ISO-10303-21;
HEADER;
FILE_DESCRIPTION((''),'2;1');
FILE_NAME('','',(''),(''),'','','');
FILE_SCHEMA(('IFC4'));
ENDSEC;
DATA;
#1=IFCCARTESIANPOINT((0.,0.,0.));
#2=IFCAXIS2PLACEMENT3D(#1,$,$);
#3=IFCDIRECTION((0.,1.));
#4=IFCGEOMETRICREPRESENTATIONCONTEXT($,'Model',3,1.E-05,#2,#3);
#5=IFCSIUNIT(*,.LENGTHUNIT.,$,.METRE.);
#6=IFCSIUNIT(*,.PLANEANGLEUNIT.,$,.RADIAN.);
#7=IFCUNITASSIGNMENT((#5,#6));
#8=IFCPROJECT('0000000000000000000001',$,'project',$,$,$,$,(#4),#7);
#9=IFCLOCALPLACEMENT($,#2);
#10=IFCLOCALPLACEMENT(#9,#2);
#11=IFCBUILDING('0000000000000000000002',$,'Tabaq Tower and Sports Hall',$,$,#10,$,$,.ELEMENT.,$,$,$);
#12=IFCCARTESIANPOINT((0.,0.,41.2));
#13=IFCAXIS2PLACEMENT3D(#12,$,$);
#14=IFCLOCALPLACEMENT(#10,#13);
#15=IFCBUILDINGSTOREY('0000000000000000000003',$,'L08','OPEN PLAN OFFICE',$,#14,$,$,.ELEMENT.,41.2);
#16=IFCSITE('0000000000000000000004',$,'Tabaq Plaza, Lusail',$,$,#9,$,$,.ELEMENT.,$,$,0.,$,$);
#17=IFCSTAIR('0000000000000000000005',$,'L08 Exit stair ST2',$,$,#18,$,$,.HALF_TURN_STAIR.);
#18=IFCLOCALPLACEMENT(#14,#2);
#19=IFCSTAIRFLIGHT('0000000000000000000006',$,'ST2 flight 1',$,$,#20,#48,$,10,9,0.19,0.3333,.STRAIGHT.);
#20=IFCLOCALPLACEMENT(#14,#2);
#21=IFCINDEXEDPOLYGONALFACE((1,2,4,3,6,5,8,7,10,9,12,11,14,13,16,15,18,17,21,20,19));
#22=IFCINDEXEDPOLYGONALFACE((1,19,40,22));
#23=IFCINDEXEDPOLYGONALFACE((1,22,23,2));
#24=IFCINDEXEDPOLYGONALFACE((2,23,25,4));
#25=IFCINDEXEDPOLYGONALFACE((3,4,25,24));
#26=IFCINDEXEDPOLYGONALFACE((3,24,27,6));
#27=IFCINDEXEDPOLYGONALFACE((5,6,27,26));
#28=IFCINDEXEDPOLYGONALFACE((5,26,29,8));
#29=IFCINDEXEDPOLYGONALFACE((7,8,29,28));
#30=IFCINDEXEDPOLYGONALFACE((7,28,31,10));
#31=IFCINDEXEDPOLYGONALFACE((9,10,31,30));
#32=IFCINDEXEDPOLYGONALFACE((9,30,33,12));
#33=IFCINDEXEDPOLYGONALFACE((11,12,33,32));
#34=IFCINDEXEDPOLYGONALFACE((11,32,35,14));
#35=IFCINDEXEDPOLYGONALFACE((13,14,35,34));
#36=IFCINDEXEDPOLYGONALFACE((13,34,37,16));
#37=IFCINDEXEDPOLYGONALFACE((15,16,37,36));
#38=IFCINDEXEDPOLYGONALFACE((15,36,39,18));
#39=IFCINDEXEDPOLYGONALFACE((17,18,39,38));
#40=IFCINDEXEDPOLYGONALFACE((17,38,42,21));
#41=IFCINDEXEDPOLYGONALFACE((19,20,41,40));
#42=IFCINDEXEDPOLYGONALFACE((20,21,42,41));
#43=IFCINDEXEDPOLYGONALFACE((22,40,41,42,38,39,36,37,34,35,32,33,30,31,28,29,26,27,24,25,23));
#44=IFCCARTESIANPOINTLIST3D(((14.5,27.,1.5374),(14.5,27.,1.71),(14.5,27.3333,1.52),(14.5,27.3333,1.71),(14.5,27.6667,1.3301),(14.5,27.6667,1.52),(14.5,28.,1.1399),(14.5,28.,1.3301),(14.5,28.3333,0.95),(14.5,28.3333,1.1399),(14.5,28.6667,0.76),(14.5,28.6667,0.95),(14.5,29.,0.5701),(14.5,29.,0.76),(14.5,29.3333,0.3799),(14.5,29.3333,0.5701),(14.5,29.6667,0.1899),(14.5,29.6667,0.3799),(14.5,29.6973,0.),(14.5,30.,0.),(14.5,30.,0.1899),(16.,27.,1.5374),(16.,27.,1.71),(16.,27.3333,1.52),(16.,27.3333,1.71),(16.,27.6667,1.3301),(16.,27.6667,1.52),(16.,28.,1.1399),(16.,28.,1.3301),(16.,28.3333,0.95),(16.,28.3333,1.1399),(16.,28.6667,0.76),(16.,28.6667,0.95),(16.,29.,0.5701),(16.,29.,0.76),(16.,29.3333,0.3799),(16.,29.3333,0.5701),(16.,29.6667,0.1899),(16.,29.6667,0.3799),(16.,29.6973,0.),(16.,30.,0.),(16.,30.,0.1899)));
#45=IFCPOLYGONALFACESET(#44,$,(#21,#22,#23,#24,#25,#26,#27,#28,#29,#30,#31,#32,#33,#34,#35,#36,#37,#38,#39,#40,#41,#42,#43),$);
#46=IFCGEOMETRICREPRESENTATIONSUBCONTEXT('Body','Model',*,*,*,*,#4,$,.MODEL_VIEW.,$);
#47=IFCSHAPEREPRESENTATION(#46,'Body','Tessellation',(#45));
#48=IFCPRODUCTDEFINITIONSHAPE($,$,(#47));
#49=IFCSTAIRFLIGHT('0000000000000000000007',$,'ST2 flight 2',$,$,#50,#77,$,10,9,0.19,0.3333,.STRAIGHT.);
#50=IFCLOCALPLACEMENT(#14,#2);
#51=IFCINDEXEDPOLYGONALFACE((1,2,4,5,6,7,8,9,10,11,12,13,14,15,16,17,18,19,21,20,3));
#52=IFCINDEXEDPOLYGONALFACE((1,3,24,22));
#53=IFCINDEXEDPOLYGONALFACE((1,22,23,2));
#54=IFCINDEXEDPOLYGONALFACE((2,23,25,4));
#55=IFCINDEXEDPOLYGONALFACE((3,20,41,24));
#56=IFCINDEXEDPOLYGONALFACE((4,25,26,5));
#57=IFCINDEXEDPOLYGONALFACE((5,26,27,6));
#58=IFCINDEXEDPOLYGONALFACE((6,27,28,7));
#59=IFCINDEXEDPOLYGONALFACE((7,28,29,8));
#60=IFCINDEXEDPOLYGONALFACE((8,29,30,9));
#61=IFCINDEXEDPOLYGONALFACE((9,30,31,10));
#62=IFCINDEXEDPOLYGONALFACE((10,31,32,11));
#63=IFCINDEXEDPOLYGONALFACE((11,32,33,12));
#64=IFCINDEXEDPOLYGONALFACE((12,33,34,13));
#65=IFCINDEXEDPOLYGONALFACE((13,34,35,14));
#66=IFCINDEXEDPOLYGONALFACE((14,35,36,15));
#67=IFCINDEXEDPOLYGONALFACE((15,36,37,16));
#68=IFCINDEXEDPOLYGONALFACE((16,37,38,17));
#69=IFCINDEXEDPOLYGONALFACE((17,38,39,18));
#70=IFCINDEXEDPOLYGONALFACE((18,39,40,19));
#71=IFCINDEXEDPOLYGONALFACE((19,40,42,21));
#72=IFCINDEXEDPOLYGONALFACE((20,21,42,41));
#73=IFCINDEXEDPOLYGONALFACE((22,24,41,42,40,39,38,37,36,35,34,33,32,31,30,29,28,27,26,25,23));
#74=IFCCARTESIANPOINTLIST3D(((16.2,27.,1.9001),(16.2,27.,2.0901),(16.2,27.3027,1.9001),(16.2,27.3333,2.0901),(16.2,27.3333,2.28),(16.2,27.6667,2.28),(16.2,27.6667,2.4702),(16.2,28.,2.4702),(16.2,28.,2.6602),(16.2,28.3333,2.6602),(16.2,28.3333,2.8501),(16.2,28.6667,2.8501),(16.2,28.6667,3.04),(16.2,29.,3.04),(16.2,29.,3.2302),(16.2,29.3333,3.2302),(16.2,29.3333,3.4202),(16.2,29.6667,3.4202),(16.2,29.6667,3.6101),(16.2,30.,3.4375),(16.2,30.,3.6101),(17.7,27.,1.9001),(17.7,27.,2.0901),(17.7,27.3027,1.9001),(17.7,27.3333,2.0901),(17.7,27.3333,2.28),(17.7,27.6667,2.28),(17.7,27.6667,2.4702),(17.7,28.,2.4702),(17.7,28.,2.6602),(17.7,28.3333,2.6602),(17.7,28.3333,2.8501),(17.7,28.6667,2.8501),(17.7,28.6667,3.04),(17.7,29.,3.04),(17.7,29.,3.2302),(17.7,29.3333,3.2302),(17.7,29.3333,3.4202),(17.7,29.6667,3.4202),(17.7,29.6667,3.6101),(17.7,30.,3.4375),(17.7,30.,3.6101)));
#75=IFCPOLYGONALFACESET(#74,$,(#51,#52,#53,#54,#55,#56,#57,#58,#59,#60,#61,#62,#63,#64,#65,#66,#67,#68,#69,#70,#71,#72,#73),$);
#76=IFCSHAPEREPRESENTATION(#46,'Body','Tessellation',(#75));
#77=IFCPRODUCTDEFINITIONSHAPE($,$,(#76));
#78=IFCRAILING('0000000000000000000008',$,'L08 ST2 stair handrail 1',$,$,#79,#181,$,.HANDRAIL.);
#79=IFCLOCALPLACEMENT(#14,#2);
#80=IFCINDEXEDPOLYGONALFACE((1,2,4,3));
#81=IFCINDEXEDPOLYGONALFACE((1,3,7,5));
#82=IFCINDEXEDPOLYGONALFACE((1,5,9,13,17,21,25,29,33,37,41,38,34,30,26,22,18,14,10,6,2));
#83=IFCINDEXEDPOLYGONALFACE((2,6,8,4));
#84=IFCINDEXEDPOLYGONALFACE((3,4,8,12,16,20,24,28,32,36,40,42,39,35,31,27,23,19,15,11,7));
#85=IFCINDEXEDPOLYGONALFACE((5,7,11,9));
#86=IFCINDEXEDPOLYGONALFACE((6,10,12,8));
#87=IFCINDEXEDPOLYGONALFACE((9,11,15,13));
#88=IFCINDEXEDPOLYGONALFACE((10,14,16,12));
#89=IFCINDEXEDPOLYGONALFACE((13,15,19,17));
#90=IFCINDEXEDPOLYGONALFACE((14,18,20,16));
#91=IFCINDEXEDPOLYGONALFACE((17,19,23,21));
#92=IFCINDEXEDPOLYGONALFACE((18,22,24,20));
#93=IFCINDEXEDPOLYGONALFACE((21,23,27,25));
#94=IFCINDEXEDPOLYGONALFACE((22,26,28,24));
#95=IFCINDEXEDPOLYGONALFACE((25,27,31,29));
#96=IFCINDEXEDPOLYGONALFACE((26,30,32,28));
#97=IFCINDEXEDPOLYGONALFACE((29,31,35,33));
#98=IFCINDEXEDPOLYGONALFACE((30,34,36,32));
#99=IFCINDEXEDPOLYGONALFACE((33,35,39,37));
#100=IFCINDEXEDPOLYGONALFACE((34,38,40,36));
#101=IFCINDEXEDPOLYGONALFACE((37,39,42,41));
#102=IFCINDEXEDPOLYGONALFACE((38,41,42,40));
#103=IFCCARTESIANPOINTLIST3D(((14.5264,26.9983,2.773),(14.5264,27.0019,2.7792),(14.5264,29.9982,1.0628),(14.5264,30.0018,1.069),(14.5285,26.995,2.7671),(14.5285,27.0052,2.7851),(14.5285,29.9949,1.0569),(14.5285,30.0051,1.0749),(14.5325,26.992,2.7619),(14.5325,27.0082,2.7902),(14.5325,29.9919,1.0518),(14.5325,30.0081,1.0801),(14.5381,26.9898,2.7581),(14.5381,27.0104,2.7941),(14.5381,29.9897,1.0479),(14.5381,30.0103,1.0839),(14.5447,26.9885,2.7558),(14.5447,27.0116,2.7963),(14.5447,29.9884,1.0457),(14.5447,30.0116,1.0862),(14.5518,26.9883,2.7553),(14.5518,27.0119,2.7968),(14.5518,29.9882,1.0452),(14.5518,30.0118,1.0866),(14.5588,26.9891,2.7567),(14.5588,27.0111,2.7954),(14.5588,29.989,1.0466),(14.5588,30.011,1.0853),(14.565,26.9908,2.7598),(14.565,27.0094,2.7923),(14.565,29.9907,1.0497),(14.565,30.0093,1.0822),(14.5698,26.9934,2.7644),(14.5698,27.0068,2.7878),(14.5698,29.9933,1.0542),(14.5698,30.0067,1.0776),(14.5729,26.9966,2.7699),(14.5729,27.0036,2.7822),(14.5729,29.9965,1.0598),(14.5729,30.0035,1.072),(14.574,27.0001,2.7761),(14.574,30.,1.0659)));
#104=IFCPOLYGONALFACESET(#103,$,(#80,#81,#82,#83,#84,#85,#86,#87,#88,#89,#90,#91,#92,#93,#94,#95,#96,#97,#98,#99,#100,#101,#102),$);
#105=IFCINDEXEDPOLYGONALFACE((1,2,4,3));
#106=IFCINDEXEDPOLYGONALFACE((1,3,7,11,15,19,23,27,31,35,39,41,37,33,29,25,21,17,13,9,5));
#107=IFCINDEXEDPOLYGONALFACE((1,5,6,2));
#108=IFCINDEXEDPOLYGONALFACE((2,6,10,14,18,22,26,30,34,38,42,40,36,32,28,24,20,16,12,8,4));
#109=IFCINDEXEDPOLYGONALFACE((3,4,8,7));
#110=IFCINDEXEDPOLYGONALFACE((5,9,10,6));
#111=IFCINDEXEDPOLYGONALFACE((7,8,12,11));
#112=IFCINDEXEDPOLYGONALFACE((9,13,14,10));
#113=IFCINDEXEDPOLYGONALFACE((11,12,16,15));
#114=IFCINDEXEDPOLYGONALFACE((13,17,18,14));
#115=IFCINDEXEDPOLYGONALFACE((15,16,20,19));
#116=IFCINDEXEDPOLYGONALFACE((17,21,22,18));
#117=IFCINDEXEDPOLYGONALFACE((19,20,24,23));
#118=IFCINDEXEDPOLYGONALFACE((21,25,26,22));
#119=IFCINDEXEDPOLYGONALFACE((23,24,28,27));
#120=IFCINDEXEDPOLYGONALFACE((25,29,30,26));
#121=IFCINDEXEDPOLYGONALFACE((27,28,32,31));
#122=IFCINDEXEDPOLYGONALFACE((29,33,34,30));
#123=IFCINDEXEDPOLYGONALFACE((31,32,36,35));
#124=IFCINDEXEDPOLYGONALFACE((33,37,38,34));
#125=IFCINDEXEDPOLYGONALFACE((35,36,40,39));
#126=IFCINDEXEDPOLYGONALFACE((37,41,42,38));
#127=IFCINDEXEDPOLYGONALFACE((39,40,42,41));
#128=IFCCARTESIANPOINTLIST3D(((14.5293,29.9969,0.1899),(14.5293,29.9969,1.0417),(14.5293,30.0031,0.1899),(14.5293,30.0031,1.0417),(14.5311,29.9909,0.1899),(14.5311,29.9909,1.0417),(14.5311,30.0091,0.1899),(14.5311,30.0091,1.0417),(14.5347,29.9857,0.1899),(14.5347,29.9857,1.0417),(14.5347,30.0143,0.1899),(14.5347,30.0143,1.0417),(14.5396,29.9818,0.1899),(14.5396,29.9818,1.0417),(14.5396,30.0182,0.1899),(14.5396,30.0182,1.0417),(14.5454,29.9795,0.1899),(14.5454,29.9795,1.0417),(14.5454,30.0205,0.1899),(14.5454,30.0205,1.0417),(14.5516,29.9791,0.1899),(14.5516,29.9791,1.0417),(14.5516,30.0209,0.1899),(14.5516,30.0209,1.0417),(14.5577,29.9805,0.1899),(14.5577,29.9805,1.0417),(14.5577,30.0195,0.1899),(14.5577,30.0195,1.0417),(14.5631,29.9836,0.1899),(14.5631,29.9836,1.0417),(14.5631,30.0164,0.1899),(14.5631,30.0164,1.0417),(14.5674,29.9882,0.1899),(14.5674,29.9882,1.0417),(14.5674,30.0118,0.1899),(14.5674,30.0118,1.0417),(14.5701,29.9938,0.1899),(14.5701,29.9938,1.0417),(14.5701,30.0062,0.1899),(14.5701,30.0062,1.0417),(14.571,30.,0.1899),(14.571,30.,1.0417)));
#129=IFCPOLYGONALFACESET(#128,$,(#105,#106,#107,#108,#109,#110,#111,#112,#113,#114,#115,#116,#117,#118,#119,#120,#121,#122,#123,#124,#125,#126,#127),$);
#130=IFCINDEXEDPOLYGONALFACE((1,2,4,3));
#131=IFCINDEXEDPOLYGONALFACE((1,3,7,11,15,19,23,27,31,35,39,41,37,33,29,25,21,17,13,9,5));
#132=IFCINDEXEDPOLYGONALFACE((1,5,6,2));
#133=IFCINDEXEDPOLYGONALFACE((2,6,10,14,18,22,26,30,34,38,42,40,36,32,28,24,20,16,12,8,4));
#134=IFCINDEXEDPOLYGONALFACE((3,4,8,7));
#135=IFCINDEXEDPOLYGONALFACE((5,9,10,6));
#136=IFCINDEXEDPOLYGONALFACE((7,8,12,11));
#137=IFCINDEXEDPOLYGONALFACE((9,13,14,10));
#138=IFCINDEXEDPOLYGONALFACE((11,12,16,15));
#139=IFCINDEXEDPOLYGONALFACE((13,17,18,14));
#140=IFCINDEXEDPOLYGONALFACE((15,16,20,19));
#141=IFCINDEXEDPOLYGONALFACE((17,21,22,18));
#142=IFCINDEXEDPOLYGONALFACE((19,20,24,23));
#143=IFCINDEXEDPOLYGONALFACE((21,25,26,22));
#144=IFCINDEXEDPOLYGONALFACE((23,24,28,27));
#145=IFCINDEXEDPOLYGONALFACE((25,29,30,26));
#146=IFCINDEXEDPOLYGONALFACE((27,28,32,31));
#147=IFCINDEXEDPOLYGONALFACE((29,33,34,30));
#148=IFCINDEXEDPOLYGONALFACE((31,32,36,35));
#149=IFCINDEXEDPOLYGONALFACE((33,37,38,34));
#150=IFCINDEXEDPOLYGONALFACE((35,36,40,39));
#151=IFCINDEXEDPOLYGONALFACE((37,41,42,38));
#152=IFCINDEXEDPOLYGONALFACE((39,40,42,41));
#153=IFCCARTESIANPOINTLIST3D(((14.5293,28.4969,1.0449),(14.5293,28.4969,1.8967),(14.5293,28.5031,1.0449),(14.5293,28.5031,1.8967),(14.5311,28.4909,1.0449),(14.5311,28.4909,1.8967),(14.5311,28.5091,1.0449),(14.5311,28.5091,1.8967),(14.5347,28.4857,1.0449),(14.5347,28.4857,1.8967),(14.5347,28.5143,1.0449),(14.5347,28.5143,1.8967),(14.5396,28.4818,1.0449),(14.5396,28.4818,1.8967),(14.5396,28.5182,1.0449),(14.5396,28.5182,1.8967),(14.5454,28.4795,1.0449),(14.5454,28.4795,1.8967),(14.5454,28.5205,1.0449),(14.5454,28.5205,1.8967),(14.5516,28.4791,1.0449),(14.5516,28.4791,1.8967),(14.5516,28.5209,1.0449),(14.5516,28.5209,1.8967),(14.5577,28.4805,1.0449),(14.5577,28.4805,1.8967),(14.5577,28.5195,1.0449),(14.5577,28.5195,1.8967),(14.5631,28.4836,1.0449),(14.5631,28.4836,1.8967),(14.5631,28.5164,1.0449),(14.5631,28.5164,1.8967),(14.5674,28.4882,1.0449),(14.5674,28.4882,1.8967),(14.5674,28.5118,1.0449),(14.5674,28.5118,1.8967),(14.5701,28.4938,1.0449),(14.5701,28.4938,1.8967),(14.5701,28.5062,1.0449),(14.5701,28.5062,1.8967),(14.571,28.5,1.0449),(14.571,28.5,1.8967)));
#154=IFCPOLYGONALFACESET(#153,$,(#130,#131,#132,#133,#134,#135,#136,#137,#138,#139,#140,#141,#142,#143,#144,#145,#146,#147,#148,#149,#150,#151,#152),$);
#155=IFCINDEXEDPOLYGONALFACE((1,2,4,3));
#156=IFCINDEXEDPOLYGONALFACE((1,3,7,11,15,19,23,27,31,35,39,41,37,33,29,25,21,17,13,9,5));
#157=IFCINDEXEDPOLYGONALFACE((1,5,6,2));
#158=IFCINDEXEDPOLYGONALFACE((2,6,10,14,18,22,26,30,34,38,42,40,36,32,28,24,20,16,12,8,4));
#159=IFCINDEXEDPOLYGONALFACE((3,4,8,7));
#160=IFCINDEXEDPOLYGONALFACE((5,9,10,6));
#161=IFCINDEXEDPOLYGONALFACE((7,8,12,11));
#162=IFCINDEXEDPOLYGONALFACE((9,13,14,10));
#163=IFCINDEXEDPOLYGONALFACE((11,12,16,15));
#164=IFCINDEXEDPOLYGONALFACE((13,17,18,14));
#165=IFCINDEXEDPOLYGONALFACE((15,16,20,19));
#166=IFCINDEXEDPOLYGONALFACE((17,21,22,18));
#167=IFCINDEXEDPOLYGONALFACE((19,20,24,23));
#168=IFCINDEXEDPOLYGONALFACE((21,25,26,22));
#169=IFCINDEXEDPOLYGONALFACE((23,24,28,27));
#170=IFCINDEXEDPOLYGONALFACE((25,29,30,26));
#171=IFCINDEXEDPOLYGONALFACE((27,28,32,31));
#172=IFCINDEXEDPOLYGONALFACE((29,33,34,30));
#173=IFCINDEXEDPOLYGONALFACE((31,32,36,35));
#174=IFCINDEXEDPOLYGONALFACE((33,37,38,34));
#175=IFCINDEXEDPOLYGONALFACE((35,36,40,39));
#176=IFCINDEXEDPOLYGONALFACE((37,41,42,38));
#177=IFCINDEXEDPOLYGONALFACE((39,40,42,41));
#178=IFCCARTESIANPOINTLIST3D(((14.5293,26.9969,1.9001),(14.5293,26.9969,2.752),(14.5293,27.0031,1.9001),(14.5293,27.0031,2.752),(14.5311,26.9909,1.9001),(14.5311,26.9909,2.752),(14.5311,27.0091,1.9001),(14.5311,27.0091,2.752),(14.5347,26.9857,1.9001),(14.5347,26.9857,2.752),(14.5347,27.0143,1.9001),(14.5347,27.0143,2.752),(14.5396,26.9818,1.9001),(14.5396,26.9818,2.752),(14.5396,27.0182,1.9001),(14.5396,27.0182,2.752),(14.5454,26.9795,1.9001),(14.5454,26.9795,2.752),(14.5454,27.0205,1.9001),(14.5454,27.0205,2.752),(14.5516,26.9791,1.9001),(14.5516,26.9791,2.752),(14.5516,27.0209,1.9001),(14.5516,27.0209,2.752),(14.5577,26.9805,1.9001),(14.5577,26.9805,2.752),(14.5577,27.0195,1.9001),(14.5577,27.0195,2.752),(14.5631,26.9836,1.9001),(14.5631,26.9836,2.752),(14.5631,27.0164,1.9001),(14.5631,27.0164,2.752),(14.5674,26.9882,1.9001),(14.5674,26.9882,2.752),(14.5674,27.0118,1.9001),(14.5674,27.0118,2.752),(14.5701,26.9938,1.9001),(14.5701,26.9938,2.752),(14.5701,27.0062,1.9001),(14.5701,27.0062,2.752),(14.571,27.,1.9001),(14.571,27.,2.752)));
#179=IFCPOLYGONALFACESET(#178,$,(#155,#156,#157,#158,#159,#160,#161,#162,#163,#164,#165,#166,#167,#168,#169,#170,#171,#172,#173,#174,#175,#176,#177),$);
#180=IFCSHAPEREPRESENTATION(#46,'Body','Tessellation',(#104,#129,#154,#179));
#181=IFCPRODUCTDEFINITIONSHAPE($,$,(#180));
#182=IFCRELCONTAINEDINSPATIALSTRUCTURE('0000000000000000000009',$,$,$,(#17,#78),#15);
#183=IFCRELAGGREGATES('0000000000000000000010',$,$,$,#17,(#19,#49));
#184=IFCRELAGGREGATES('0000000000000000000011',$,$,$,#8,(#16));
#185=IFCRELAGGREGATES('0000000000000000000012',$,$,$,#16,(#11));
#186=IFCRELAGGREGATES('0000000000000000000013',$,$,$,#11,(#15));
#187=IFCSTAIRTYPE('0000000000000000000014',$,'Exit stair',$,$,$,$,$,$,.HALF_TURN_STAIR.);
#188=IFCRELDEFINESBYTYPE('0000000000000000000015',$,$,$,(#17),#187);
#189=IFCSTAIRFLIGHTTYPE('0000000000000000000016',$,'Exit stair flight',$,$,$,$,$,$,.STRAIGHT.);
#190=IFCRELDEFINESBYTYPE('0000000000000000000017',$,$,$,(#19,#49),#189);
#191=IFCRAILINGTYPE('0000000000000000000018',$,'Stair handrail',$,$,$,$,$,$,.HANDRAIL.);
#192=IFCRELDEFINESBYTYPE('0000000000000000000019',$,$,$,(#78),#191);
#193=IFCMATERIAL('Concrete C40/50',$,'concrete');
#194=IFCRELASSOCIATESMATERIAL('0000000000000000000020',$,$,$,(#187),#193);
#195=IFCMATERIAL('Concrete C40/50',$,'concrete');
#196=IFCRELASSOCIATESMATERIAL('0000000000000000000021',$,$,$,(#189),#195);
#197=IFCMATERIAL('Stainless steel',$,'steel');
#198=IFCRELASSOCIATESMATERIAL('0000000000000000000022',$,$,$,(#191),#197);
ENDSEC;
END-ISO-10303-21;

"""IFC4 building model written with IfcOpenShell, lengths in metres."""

from ifc_helpers import new_model, si_unit, direction, frame, origin, origin_2d, place, context, subcontext, project, spatial, polyline, circle, outline, extrude, material, type_object, element, aggregate, save


model = new_model("IFC4")

# Units and contexts
model_context = context("Model", 3, precision=1e-05, world=origin(), true_north=direction((0.0, 1.0)))
body_context = subcontext(model_context, "Body", "Model", "MODEL_VIEW")
ifc_project = project(units=[si_unit("LENGTHUNIT", "METRE"), si_unit("PLANEANGLEUNIT", "RADIAN")], contexts=[model_context])

# Site, building, storey
site_placement = place(None, origin())
site = spatial("IfcSite", under=ifc_project, at=site_placement, Name="Tabaq Plaza, Lusail", CompositionType="ELEMENT", RefElevation=0.0)
building_placement = place(site_placement, origin())
building = spatial("IfcBuilding", under=site, at=building_placement, Name="Tabaq Tower and Sports Hall", CompositionType="ELEMENT")
storey_placement = place(building_placement, frame((0.0, 0.0, 41.2)))
storey = spatial("IfcBuildingStorey", under=building, at=storey_placement, Name="L08", Description="OPEN PLAN OFFICE", CompositionType="ELEMENT", Elevation=41.2)

# Stair, stair flights
ifc_material_1 = material(Name="Concrete C40/50", Category="concrete")
stair_type = type_object("IfcStairType", Name="Exit stair", PredefinedType="HALF_TURN_STAIR", material=ifc_material_1)
stair_placement = place(storey_placement, origin())
stair = element("IfcStair", 1, at=stair_placement, inside=storey, type_object=stair_type, Name="L08 Exit stair ST2", PredefinedType="HALF_TURN_STAIR")
ifc_material_2 = material(Name="Concrete C40/50", Category="concrete")
stair_flight_type = type_object("IfcStairFlightType", Name="Exit stair flight", PredefinedType="STRAIGHT", material=ifc_material_2)
stair_flight_1_placement = place(storey_placement, frame((15.25, 30.0, 0.0), z_axis=(0.0, 0.0, 1.0), x_axis=(0.0, -1.0, 0.0)))
stair_flight_1 = element("IfcStairFlight", 2, at=stair_flight_1_placement, type_object=stair_flight_type, Name="ST2 flight 1", NumberOfRisers=10, NumberOfTreads=9, PredefinedType="STRAIGHT", RiserHeight=0.19, TreadLength=0.3333, context=body_context, shape_type="SweptSolid", body=[
    extrude(outline(polyline([(0.0, 0.0), (0.0, 0.1899), (0.3333, 0.1899), (0.3333, 0.3799), (0.6667, 0.3799), (0.6667, 0.5701), (1.0, 0.5701), (1.0, 0.76), (1.3333, 0.76), (1.3333, 0.95), (1.6667, 0.95), (1.6667, 1.1399), (2.0, 1.1399), (2.0, 1.3301), (2.3333, 1.3301), (2.3333, 1.52), (2.6667, 1.52), (2.6667, 1.71), (3.0, 1.71), (3.0, 1.8999), (3.0, 1.5374), (0.3027, 0.0), (0.0, 0.0)])), frame((0.0, 0.75, 0.0), z_axis=(0.0, -1.0, 0.0), x_axis=(1.0, 0.0, 0.0)), (0.0, 0.0, 1.0), 1.5),
])
stair_flight_2_placement = place(storey_placement, frame((16.95, 27.0, 1.9001), z_axis=(0.0, 0.0, 1.0), x_axis=(0.0, 1.0, 0.0)))
stair_flight_2 = element("IfcStairFlight", 3, at=stair_flight_2_placement, type_object=stair_flight_type, Name="ST2 flight 2", NumberOfRisers=10, NumberOfTreads=9, PredefinedType="STRAIGHT", RiserHeight=0.19, TreadLength=0.3333, context=body_context, shape_type="SweptSolid", body=[
    extrude(outline(polyline([(0.0, 0.0), (0.0, 0.1899), (0.3333, 0.1899), (0.3333, 0.3799), (0.6667, 0.3799), (0.6667, 0.5701), (1.0, 0.5701), (1.0, 0.76), (1.3333, 0.76), (1.3333, 0.95), (1.6667, 0.95), (1.6667, 1.1399), (2.0, 1.1399), (2.0, 1.3301), (2.3333, 1.3301), (2.3333, 1.52), (2.6667, 1.52), (2.6667, 1.71), (3.0, 1.71), (3.0, 1.8999), (3.0, 1.5374), (0.3027, 0.0), (0.0, 0.0)])), frame((0.0, 0.75, 0.0), z_axis=(0.0, -1.0, 0.0), x_axis=(1.0, 0.0, 0.0)), (0.0, 0.0, 1.0), 1.5),
])
aggregate(stair, [stair_flight_1, stair_flight_2])

# Railing
ifc_material_3 = material(Name="Stainless steel", Category="steel")
railing_type = type_object("IfcRailingType", Name="Stair handrail", PredefinedType="HANDRAIL", material=ifc_material_3)
railing_1_placement = place(storey_placement, frame((14.55, 30.0, 0.1899)))
element("IfcRailing", 4, at=railing_1_placement, inside=storey, type_object=railing_type, Name="L08 ST2 stair handrail 1", PredefinedType="HANDRAIL", context=body_context, shape_type="SweptSolid", body=[
    extrude(circle(Radius=0.0239, at=origin_2d()), frame((0.0, 0.0, 0.876), z_axis=(0.0, -0.868752, 0.495248), x_axis=(1.0, 0.0, 0.0)), (0.0, 0.0, 1.0), 3.4531),
    extrude(circle(Radius=0.021, at=origin_2d()), origin(), (0.0, 0.0, 1.0), 0.8518),
    extrude(circle(Radius=0.021, at=origin_2d()), frame((0.0, -1.5, 0.855)), (0.0, 0.0, 1.0), 0.8518),
    extrude(circle(Radius=0.021, at=origin_2d()), frame((0.0, -3.0, 1.7102)), (0.0, 0.0, 1.0), 0.8518),
])

save(model, "model.ifc")
